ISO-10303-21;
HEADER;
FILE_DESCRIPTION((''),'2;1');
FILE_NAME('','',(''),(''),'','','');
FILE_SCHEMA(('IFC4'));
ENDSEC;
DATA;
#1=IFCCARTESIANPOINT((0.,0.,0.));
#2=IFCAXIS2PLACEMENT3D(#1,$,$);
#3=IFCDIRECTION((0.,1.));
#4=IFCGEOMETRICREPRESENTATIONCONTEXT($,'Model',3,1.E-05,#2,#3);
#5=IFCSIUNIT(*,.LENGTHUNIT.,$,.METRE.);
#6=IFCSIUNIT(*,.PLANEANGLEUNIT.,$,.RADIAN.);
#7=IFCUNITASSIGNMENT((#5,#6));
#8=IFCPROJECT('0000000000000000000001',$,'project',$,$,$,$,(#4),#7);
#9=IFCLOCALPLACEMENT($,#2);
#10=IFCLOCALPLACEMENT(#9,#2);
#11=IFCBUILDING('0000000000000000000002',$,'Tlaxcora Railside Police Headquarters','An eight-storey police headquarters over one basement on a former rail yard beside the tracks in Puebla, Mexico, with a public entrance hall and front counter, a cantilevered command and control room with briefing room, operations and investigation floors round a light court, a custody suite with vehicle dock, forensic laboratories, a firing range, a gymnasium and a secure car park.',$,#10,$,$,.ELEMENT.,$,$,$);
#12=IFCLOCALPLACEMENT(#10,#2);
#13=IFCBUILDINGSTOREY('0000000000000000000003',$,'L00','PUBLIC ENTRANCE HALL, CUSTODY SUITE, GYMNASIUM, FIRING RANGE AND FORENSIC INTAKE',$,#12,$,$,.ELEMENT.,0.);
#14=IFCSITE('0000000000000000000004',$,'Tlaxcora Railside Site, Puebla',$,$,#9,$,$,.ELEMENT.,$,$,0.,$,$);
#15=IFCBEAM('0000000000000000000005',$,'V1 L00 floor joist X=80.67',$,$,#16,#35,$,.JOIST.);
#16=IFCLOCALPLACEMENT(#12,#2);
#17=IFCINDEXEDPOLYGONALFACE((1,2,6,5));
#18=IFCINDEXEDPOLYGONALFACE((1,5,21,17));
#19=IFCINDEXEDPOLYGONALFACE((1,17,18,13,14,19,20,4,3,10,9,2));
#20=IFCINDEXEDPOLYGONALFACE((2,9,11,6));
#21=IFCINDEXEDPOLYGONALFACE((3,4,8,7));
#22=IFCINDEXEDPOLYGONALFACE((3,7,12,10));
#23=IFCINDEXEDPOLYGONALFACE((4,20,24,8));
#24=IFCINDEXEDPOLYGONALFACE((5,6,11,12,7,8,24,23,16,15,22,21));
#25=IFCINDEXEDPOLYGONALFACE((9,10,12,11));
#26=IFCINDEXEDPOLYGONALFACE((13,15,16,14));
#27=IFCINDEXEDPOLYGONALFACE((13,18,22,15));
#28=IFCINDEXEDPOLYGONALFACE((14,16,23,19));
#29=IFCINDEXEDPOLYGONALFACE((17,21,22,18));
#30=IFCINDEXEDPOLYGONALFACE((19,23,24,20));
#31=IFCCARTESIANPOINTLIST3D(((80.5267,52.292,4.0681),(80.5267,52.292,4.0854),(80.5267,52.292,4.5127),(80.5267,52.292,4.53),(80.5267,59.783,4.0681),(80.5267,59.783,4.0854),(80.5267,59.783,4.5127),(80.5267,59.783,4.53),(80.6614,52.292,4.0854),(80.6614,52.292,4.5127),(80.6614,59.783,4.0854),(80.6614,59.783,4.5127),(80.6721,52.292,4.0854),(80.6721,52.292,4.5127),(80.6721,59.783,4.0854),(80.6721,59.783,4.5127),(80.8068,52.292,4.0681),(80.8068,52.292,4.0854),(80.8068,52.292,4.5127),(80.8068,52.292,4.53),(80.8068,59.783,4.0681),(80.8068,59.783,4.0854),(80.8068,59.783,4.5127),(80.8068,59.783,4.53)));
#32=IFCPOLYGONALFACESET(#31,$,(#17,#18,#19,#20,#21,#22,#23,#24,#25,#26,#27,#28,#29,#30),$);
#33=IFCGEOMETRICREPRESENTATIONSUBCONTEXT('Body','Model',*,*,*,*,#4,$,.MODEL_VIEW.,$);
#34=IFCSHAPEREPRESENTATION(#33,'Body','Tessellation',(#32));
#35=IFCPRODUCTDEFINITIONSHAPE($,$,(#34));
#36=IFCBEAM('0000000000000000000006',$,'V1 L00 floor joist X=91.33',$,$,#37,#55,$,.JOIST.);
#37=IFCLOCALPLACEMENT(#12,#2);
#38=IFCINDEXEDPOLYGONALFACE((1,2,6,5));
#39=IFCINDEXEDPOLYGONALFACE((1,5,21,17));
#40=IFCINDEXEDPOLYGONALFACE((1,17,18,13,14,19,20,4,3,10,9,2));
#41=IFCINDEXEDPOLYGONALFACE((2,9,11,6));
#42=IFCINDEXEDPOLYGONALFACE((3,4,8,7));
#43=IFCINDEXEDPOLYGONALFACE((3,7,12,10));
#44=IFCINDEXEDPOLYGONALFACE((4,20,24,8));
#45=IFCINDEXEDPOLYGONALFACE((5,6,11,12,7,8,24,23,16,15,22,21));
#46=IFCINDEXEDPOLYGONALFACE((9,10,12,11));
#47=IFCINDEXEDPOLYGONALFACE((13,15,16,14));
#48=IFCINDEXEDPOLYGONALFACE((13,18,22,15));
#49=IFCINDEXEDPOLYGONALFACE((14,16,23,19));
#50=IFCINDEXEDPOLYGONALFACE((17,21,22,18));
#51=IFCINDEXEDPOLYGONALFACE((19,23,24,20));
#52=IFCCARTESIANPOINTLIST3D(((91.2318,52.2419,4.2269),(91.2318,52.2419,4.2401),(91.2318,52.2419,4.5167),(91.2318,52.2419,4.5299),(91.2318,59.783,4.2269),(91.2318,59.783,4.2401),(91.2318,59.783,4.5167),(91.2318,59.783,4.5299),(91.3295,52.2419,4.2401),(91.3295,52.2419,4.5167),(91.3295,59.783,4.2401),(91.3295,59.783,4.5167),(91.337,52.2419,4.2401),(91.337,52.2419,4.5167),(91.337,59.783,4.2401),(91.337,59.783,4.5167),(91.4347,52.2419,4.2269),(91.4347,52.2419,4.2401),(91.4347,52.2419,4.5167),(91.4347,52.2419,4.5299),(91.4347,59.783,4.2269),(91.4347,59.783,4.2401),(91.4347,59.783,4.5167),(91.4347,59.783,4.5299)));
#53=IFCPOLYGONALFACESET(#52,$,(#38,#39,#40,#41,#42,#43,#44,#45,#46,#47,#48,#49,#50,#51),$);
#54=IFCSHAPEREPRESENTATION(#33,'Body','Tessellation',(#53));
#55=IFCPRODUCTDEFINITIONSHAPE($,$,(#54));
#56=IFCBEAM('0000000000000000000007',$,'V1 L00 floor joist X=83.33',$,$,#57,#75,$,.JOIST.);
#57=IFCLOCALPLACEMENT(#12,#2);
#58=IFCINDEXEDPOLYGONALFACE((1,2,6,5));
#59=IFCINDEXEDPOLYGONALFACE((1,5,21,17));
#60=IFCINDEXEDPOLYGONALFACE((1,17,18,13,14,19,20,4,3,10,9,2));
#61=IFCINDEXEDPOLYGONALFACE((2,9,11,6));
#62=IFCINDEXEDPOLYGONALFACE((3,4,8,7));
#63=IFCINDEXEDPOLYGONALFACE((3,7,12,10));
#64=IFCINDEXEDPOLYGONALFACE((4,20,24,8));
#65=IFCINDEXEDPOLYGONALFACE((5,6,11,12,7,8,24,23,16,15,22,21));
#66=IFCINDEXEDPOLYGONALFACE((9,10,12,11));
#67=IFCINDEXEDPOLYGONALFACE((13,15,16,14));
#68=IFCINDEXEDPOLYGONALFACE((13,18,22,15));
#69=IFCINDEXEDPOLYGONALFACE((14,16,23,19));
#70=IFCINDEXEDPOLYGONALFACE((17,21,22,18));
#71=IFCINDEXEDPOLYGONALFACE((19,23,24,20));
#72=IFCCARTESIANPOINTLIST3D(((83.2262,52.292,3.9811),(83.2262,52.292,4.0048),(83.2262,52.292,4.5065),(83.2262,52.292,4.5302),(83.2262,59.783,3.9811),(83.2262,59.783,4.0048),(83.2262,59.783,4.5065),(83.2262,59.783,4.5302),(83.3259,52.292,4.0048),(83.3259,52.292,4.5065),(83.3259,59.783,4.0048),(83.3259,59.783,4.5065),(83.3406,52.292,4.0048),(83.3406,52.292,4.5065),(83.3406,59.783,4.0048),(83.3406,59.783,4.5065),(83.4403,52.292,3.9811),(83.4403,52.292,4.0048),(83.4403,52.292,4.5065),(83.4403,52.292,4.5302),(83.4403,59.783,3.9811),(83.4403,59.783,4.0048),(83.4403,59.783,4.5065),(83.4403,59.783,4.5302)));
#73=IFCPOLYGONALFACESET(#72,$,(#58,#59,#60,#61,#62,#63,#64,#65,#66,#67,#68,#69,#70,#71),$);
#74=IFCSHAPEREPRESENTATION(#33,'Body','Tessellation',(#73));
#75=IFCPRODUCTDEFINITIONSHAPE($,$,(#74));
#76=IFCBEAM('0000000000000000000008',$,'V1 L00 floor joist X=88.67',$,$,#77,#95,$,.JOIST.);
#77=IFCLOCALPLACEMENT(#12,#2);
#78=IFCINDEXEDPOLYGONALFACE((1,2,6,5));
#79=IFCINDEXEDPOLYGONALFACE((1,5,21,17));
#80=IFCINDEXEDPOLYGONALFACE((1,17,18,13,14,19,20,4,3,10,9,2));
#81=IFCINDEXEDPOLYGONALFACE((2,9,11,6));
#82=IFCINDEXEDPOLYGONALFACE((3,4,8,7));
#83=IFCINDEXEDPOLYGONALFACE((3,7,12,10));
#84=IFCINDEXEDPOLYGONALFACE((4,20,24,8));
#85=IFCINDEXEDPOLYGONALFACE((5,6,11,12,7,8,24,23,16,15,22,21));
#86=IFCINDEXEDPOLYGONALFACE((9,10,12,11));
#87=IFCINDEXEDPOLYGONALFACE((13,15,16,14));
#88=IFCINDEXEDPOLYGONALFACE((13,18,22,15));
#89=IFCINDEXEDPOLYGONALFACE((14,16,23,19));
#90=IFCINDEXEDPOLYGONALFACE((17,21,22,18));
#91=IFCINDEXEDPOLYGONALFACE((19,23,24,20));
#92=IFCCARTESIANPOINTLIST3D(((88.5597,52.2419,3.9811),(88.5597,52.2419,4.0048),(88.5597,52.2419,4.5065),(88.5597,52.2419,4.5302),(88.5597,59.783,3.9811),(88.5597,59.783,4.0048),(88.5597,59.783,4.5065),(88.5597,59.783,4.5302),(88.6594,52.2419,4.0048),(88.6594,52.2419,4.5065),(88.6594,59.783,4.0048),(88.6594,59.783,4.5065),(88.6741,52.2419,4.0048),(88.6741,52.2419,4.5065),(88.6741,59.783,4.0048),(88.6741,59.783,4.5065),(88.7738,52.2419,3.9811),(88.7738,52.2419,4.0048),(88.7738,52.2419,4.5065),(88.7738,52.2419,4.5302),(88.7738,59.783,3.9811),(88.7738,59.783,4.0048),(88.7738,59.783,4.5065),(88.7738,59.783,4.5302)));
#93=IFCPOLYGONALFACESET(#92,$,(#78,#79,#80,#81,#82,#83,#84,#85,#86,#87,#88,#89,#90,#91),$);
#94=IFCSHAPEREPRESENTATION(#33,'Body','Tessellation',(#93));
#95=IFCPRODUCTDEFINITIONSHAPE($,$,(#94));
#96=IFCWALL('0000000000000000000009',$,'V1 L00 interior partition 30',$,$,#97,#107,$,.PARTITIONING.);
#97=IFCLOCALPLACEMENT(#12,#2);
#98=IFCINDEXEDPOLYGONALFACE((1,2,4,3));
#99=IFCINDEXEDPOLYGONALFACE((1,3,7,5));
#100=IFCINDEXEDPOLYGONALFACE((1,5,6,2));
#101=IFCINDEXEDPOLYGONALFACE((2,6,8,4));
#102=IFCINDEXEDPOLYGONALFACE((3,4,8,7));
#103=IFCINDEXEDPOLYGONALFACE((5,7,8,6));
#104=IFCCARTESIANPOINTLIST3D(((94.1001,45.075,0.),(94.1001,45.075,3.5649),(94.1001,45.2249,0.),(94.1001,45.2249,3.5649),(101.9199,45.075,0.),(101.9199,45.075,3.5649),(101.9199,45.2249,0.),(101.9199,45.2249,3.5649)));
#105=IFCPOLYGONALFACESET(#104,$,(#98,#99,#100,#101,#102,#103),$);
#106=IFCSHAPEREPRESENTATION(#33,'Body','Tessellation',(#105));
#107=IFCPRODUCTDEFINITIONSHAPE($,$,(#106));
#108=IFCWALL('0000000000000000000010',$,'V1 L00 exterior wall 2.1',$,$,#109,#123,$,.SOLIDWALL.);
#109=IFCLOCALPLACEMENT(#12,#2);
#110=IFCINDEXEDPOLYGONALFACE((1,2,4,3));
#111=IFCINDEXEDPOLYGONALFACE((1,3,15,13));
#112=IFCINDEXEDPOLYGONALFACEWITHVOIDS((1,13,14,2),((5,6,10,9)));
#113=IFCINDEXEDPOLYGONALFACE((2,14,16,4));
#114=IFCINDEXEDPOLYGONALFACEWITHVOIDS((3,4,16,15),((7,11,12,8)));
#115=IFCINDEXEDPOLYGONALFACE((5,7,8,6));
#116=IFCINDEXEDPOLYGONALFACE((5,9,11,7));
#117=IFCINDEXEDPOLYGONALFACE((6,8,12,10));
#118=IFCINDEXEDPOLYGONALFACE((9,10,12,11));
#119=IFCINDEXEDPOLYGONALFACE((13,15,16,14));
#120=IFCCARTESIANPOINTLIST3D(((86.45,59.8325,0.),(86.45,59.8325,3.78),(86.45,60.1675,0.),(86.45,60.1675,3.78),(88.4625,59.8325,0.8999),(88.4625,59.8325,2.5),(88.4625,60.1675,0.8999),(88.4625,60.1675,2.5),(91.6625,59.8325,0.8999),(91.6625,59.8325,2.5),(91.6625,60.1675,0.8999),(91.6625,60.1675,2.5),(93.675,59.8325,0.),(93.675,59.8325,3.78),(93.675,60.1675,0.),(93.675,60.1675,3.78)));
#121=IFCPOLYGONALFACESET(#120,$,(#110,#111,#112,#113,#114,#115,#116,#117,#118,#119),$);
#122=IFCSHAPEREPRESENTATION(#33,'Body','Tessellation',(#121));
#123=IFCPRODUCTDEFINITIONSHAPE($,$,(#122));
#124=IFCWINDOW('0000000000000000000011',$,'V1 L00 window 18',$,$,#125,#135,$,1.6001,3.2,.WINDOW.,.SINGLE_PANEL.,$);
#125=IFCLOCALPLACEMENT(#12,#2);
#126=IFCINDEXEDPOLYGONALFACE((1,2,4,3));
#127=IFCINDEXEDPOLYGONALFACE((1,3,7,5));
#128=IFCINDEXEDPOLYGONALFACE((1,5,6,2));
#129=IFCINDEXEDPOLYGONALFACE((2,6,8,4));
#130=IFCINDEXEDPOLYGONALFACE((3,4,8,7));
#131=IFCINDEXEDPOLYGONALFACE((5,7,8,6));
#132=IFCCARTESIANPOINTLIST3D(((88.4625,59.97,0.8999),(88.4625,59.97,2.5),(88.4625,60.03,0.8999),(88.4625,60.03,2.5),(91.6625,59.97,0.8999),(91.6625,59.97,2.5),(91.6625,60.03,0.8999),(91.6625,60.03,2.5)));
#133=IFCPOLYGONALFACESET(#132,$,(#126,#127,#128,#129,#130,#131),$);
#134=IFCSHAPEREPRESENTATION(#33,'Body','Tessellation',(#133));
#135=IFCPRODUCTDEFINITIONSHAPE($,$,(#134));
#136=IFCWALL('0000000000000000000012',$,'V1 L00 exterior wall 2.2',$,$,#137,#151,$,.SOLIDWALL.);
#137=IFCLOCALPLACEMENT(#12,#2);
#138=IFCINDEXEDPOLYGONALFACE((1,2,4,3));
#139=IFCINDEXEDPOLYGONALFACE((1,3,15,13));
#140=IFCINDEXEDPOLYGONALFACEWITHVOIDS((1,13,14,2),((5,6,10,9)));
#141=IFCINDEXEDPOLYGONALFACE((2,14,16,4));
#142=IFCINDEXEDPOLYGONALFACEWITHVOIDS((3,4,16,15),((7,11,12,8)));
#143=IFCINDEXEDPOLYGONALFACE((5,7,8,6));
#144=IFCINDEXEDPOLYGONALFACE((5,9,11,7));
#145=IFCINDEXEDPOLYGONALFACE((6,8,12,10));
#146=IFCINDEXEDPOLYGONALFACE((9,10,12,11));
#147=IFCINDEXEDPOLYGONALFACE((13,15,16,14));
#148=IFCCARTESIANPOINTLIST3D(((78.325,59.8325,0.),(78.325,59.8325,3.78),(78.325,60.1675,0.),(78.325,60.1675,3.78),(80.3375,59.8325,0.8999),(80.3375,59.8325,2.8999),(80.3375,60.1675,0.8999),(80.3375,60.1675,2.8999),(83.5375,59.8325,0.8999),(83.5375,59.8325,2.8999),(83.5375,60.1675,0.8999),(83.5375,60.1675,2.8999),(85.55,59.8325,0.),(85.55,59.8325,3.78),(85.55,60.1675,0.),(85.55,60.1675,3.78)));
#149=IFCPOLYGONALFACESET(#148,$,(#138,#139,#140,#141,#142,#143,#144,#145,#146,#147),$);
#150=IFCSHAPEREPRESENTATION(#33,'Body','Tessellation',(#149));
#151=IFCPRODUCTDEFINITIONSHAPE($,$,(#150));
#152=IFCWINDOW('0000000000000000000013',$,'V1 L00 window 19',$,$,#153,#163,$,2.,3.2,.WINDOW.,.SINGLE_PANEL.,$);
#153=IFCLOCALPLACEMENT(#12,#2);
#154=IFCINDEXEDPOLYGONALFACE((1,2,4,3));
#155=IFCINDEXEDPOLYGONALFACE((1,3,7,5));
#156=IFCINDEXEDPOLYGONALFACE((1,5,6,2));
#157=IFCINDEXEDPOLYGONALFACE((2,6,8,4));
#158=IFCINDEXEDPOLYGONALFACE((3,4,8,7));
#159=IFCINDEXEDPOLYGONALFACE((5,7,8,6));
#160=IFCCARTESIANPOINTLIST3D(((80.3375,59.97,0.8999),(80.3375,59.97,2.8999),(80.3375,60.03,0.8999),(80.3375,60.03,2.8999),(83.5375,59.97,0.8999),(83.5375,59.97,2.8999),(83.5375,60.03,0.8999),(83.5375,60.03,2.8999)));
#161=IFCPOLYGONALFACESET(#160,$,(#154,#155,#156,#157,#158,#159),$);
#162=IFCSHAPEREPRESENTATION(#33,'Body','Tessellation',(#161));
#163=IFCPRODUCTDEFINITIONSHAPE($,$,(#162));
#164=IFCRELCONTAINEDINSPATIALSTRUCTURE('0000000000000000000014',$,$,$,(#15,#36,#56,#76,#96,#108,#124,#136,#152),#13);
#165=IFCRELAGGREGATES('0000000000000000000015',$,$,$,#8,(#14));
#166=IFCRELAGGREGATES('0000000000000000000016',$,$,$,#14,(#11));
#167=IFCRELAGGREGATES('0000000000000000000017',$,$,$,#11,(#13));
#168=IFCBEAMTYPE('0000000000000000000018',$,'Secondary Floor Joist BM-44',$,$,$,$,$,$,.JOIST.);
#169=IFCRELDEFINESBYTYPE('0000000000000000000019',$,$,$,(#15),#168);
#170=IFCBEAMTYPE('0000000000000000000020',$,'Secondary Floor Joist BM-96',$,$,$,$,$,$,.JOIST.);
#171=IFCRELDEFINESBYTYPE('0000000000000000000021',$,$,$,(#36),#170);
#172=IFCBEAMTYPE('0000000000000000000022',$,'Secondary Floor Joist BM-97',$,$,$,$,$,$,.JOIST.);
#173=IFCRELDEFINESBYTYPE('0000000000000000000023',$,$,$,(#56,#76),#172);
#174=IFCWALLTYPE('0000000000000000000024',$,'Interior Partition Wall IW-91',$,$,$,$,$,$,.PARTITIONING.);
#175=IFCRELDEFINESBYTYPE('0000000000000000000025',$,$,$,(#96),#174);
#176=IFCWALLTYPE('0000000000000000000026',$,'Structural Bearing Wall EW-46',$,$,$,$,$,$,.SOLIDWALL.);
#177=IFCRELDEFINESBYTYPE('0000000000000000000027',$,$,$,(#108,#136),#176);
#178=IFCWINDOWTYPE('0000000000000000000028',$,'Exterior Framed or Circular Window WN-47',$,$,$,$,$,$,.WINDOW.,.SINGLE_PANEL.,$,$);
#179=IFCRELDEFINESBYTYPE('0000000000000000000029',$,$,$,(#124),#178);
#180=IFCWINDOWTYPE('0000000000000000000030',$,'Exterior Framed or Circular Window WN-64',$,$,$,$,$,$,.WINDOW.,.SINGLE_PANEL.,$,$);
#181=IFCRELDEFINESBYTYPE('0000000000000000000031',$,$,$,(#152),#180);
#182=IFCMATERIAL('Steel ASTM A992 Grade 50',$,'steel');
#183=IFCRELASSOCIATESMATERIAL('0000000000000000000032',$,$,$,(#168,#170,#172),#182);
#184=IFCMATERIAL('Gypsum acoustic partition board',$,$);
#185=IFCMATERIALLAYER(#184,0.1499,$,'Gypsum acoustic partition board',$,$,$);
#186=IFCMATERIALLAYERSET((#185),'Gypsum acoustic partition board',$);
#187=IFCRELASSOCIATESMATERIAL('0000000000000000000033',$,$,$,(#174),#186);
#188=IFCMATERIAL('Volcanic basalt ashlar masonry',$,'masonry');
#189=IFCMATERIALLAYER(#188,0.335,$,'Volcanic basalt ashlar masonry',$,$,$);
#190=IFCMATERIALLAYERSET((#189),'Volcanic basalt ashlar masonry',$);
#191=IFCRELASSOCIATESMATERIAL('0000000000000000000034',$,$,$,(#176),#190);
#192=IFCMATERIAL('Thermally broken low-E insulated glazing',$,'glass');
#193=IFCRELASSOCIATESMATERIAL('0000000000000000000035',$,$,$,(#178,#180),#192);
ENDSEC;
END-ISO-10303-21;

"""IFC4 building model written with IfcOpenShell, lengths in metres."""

from ifc_helpers import new_model, si_unit, direction, frame, frame_2d, origin, origin_2d, place, context, subcontext, project, spatial, rectangle, i_section, extrude, material, layer, layer_set, material_profile, profile_set, type_object, element, fill, save


model = new_model("IFC4")

# Units and contexts
model_context = context("Model", 3, precision=1e-05, world=origin(), true_north=direction((0.0, 1.0)))
body_context = subcontext(model_context, "Body", "Model", "MODEL_VIEW")
ifc_project = project(units=[si_unit("LENGTHUNIT", "METRE"), si_unit("PLANEANGLEUNIT", "RADIAN")], contexts=[model_context])

# Site, building, storey
site_placement = place(None, origin())
site = spatial("IfcSite", under=ifc_project, at=site_placement, Name="Tlaxcora Railside Site, Puebla", CompositionType="ELEMENT", RefElevation=0.0)
building_placement = place(site_placement, origin())
building = spatial("IfcBuilding", under=site, at=building_placement, Name="Tlaxcora Railside Police Headquarters", Description="An eight-storey police headquarters over one basement on a former rail yard beside the tracks in Puebla, Mexico, with a public entrance hall and front counter, a cantilevered command and control room with briefing room, operations and investigation floors round a light court, a custody suite with vehicle dock, forensic laboratories, a firing range, a gymnasium and a secure car park.", CompositionType="ELEMENT")
storey_placement = place(building_placement, origin())
storey = spatial("IfcBuildingStorey", under=building, at=storey_placement, Name="L00", Description="PUBLIC ENTRANCE HALL, CUSTODY SUITE, GYMNASIUM, FIRING RANGE AND FORENSIC INTAKE", CompositionType="ELEMENT", Elevation=0.0)

# Beams
ifc_material_1 = material(Name="Steel ASTM A992 Grade 50", Category="steel")
ifc_material_profile_1 = material_profile(ifc_material_1, i_section(OverallWidth=0.28, OverallDepth=0.4619, WebThickness=0.0107, FlangeThickness=0.0173, at=origin_2d()), Name="W18X76")
ifc_profile_set_1 = profile_set([ifc_material_profile_1], Name="Steel ASTM A992 Grade 50")
beam_type_1 = type_object("IfcBeamType", Name="Secondary Floor Joist BM-44", PredefinedType="JOIST", material=ifc_profile_set_1)
beam_1_placement = place(storey_placement, frame((80.6667, 52.292, 4.2991), z_axis=(0.0, 1.0, 0.0), x_axis=(-1.0, 0.0, 0.0)))
element("IfcBeam", 1, at=beam_1_placement, inside=storey, type_object=beam_type_1, Name="V1 L00 floor joist X=80.67", PredefinedType="JOIST", context=body_context, shape_type="SweptSolid", body=[
    extrude(i_section(OverallWidth=0.28, OverallDepth=0.4619, WebThickness=0.0107, FlangeThickness=0.0173, at=origin_2d()), origin(), (0.0, 0.0, 1.0), 7.491),
])
ifc_material_profile_2 = material_profile(ifc_material_1, i_section(OverallWidth=0.2029, OverallDepth=0.303, WebThickness=0.0076, FlangeThickness=0.0132, at=origin_2d()), Name="W12X40")
ifc_profile_set_2 = profile_set([ifc_material_profile_2], Name="Steel ASTM A992 Grade 50")
beam_type_2 = type_object("IfcBeamType", Name="Secondary Floor Joist BM-96", PredefinedType="JOIST", material=ifc_profile_set_2)
beam_2_placement = place(storey_placement, frame((91.3333, 52.2419, 4.3784), z_axis=(0.0, 1.0, 0.0), x_axis=(-1.0, 0.0, 0.0)))
element("IfcBeam", 2, at=beam_2_placement, inside=storey, type_object=beam_type_2, Name="V1 L00 floor joist X=91.33", PredefinedType="JOIST", context=body_context, shape_type="SweptSolid", body=[
    extrude(i_section(OverallWidth=0.2029, OverallDepth=0.303, WebThickness=0.0076, FlangeThickness=0.0132, at=origin_2d()), origin(), (0.0, 0.0, 1.0), 7.541),
])
ifc_material_profile_3 = material_profile(ifc_material_1, i_section(OverallWidth=0.2141, OverallDepth=0.5491, WebThickness=0.0146, FlangeThickness=0.0237, at=origin_2d()), Name="W21X93")
ifc_profile_set_3 = profile_set([ifc_material_profile_3], Name="Steel ASTM A992 Grade 50")
beam_type_3 = type_object("IfcBeamType", Name="Secondary Floor Joist BM-97", PredefinedType="JOIST", material=ifc_profile_set_3)
beam_3_placement = place(storey_placement, frame((83.3333, 52.292, 4.2556), z_axis=(0.0, 1.0, 0.0), x_axis=(-1.0, 0.0, 0.0)))
element("IfcBeam", 3, at=beam_3_placement, inside=storey, type_object=beam_type_3, Name="V1 L00 floor joist X=83.33", PredefinedType="JOIST", context=body_context, shape_type="SweptSolid", body=[
    extrude(i_section(OverallWidth=0.2141, OverallDepth=0.5491, WebThickness=0.0146, FlangeThickness=0.0237, at=origin_2d()), origin(), (0.0, 0.0, 1.0), 7.491),
])
beam_4_placement = place(storey_placement, frame((88.6667, 52.2419, 4.2556), z_axis=(0.0, 1.0, 0.0), x_axis=(-1.0, 0.0, 0.0)))
element("IfcBeam", 4, at=beam_4_placement, inside=storey, type_object=beam_type_3, Name="V1 L00 floor joist X=88.67", PredefinedType="JOIST", context=body_context, shape_type="SweptSolid", body=[
    extrude(i_section(OverallWidth=0.2141, OverallDepth=0.5491, WebThickness=0.0146, FlangeThickness=0.0237, at=origin_2d()), origin(), (0.0, 0.0, 1.0), 7.541),
])

# Wall
ifc_material_2 = material(Name="Gypsum acoustic partition board")
ifc_layer_1 = layer(ifc_material_2, 0.1499, Name="Gypsum acoustic partition board")
ifc_layer_set_1 = layer_set([ifc_layer_1], Name="Gypsum acoustic partition board")
wall_type_1 = type_object("IfcWallType", Name="Interior Partition Wall IW-91", PredefinedType="PARTITIONING", material=ifc_layer_set_1)
wall_1_placement = place(storey_placement, frame((94.1001, 45.1499, 0.0), z_axis=(0.0, 0.0, 1.0), x_axis=(1.0, 0.0, 0.0)))
element("IfcWall", 5, at=wall_1_placement, inside=storey, type_object=wall_type_1, Name="V1 L00 interior partition 30", PredefinedType="PARTITIONING", context=body_context, shape_type="SweptSolid", body=[
    extrude(rectangle(XDim=7.8198, YDim=0.1499, at=frame_2d((3.9099, 0.0))), origin(), (0.0, 0.0, 1.0), 3.5649),
])

# Walls, openings, windows
ifc_material_3 = material(Name="Volcanic basalt ashlar masonry", Category="masonry")
ifc_layer_2 = layer(ifc_material_3, 0.335, Name="Volcanic basalt ashlar masonry")
ifc_layer_set_2 = layer_set([ifc_layer_2], Name="Volcanic basalt ashlar masonry")
wall_type_2 = type_object("IfcWallType", Name="Structural Bearing Wall EW-46", PredefinedType="SOLIDWALL", material=ifc_layer_set_2)
wall_2_placement = place(storey_placement, frame((93.675, 60.0, 0.0), z_axis=(0.0, 0.0, 1.0), x_axis=(-1.0, 0.0, 0.0)))
wall_2 = element("IfcWall", 6, at=wall_2_placement, inside=storey, type_object=wall_type_2, Name="V1 L00 exterior wall 2.1", PredefinedType="SOLIDWALL", context=body_context, shape_type="SweptSolid", body=[
    extrude(rectangle(XDim=7.2251, YDim=0.335, at=frame_2d((3.6125, 0.0))), origin(), (0.0, 0.0, 1.0), 3.78),
])
opening_1_placement = place(wall_2_placement, frame((2.0125, 0.0, 0.8999)))
opening_1 = element("IfcOpeningElement", 7, at=opening_1_placement, cuts=wall_2, PredefinedType="OPENING", context=body_context, shape_type="SweptSolid", body=[
    extrude(rectangle(XDim=3.2, YDim=1.6001, at=frame_2d((1.6001, 0.8))), frame((0.0, 0.1775, 0.0), z_axis=(0.0, -1.0, 0.0), x_axis=(1.0, 0.0, 0.0)), (0.0, 0.0, 1.0), 0.355),
])
ifc_material_4 = material(Name="Thermally broken low-E insulated glazing", Category="glass")
window_type_1 = type_object("IfcWindowType", Name="Exterior Framed or Circular Window WN-47", PartitioningType="SINGLE_PANEL", PredefinedType="WINDOW", material=ifc_material_4)
window_1_placement = place(opening_1_placement, origin())
window_1 = element("IfcWindow", 8, at=window_1_placement, inside=storey, type_object=window_type_1, Name="V1 L00 window 18", OverallHeight=1.6001, OverallWidth=3.2, PartitioningType="SINGLE_PANEL", PredefinedType="WINDOW", context=body_context, shape_type="SweptSolid", body=[
    extrude(rectangle(XDim=3.2, YDim=1.6001, at=frame_2d((1.6001, 0.8))), frame((0.0, 0.03, 0.0), z_axis=(0.0, -1.0, 0.0), x_axis=(1.0, 0.0, 0.0)), (0.0, 0.0, 1.0), 0.0601),
])
fill(opening_1, window_1)
wall_3_placement = place(storey_placement, frame((85.55, 60.0, 0.0), z_axis=(0.0, 0.0, 1.0), x_axis=(-1.0, 0.0, 0.0)))
wall_3 = element("IfcWall", 9, at=wall_3_placement, inside=storey, type_object=wall_type_2, Name="V1 L00 exterior wall 2.2", PredefinedType="SOLIDWALL", context=body_context, shape_type="SweptSolid", body=[
    extrude(rectangle(XDim=7.2251, YDim=0.335, at=frame_2d((3.6125, 0.0))), origin(), (0.0, 0.0, 1.0), 3.78),
])
opening_2_placement = place(wall_3_placement, frame((2.0125, 0.0, 0.8999)))
opening_2 = element("IfcOpeningElement", 10, at=opening_2_placement, cuts=wall_3, PredefinedType="OPENING", context=body_context, shape_type="SweptSolid", body=[
    extrude(rectangle(XDim=3.2, YDim=2.0, at=frame_2d((1.6001, 1.0))), frame((0.0, 0.1775, 0.0), z_axis=(0.0, -1.0, 0.0), x_axis=(1.0, 0.0, 0.0)), (0.0, 0.0, 1.0), 0.355),
])
window_type_2 = type_object("IfcWindowType", Name="Exterior Framed or Circular Window WN-64", PartitioningType="SINGLE_PANEL", PredefinedType="WINDOW", material=ifc_material_4)
window_2_placement = place(opening_2_placement, origin())
window_2 = element("IfcWindow", 11, at=window_2_placement, inside=storey, type_object=window_type_2, Name="V1 L00 window 19", OverallHeight=2.0, OverallWidth=3.2, PartitioningType="SINGLE_PANEL", PredefinedType="WINDOW", context=body_context, shape_type="SweptSolid", body=[
    extrude(rectangle(XDim=3.2, YDim=2.0, at=frame_2d((1.6001, 1.0))), frame((0.0, 0.03, 0.0), z_axis=(0.0, -1.0, 0.0), x_axis=(1.0, 0.0, 0.0)), (0.0, 0.0, 1.0), 0.0601),
])
fill(opening_2, window_2)

save(model, "model.ifc")
